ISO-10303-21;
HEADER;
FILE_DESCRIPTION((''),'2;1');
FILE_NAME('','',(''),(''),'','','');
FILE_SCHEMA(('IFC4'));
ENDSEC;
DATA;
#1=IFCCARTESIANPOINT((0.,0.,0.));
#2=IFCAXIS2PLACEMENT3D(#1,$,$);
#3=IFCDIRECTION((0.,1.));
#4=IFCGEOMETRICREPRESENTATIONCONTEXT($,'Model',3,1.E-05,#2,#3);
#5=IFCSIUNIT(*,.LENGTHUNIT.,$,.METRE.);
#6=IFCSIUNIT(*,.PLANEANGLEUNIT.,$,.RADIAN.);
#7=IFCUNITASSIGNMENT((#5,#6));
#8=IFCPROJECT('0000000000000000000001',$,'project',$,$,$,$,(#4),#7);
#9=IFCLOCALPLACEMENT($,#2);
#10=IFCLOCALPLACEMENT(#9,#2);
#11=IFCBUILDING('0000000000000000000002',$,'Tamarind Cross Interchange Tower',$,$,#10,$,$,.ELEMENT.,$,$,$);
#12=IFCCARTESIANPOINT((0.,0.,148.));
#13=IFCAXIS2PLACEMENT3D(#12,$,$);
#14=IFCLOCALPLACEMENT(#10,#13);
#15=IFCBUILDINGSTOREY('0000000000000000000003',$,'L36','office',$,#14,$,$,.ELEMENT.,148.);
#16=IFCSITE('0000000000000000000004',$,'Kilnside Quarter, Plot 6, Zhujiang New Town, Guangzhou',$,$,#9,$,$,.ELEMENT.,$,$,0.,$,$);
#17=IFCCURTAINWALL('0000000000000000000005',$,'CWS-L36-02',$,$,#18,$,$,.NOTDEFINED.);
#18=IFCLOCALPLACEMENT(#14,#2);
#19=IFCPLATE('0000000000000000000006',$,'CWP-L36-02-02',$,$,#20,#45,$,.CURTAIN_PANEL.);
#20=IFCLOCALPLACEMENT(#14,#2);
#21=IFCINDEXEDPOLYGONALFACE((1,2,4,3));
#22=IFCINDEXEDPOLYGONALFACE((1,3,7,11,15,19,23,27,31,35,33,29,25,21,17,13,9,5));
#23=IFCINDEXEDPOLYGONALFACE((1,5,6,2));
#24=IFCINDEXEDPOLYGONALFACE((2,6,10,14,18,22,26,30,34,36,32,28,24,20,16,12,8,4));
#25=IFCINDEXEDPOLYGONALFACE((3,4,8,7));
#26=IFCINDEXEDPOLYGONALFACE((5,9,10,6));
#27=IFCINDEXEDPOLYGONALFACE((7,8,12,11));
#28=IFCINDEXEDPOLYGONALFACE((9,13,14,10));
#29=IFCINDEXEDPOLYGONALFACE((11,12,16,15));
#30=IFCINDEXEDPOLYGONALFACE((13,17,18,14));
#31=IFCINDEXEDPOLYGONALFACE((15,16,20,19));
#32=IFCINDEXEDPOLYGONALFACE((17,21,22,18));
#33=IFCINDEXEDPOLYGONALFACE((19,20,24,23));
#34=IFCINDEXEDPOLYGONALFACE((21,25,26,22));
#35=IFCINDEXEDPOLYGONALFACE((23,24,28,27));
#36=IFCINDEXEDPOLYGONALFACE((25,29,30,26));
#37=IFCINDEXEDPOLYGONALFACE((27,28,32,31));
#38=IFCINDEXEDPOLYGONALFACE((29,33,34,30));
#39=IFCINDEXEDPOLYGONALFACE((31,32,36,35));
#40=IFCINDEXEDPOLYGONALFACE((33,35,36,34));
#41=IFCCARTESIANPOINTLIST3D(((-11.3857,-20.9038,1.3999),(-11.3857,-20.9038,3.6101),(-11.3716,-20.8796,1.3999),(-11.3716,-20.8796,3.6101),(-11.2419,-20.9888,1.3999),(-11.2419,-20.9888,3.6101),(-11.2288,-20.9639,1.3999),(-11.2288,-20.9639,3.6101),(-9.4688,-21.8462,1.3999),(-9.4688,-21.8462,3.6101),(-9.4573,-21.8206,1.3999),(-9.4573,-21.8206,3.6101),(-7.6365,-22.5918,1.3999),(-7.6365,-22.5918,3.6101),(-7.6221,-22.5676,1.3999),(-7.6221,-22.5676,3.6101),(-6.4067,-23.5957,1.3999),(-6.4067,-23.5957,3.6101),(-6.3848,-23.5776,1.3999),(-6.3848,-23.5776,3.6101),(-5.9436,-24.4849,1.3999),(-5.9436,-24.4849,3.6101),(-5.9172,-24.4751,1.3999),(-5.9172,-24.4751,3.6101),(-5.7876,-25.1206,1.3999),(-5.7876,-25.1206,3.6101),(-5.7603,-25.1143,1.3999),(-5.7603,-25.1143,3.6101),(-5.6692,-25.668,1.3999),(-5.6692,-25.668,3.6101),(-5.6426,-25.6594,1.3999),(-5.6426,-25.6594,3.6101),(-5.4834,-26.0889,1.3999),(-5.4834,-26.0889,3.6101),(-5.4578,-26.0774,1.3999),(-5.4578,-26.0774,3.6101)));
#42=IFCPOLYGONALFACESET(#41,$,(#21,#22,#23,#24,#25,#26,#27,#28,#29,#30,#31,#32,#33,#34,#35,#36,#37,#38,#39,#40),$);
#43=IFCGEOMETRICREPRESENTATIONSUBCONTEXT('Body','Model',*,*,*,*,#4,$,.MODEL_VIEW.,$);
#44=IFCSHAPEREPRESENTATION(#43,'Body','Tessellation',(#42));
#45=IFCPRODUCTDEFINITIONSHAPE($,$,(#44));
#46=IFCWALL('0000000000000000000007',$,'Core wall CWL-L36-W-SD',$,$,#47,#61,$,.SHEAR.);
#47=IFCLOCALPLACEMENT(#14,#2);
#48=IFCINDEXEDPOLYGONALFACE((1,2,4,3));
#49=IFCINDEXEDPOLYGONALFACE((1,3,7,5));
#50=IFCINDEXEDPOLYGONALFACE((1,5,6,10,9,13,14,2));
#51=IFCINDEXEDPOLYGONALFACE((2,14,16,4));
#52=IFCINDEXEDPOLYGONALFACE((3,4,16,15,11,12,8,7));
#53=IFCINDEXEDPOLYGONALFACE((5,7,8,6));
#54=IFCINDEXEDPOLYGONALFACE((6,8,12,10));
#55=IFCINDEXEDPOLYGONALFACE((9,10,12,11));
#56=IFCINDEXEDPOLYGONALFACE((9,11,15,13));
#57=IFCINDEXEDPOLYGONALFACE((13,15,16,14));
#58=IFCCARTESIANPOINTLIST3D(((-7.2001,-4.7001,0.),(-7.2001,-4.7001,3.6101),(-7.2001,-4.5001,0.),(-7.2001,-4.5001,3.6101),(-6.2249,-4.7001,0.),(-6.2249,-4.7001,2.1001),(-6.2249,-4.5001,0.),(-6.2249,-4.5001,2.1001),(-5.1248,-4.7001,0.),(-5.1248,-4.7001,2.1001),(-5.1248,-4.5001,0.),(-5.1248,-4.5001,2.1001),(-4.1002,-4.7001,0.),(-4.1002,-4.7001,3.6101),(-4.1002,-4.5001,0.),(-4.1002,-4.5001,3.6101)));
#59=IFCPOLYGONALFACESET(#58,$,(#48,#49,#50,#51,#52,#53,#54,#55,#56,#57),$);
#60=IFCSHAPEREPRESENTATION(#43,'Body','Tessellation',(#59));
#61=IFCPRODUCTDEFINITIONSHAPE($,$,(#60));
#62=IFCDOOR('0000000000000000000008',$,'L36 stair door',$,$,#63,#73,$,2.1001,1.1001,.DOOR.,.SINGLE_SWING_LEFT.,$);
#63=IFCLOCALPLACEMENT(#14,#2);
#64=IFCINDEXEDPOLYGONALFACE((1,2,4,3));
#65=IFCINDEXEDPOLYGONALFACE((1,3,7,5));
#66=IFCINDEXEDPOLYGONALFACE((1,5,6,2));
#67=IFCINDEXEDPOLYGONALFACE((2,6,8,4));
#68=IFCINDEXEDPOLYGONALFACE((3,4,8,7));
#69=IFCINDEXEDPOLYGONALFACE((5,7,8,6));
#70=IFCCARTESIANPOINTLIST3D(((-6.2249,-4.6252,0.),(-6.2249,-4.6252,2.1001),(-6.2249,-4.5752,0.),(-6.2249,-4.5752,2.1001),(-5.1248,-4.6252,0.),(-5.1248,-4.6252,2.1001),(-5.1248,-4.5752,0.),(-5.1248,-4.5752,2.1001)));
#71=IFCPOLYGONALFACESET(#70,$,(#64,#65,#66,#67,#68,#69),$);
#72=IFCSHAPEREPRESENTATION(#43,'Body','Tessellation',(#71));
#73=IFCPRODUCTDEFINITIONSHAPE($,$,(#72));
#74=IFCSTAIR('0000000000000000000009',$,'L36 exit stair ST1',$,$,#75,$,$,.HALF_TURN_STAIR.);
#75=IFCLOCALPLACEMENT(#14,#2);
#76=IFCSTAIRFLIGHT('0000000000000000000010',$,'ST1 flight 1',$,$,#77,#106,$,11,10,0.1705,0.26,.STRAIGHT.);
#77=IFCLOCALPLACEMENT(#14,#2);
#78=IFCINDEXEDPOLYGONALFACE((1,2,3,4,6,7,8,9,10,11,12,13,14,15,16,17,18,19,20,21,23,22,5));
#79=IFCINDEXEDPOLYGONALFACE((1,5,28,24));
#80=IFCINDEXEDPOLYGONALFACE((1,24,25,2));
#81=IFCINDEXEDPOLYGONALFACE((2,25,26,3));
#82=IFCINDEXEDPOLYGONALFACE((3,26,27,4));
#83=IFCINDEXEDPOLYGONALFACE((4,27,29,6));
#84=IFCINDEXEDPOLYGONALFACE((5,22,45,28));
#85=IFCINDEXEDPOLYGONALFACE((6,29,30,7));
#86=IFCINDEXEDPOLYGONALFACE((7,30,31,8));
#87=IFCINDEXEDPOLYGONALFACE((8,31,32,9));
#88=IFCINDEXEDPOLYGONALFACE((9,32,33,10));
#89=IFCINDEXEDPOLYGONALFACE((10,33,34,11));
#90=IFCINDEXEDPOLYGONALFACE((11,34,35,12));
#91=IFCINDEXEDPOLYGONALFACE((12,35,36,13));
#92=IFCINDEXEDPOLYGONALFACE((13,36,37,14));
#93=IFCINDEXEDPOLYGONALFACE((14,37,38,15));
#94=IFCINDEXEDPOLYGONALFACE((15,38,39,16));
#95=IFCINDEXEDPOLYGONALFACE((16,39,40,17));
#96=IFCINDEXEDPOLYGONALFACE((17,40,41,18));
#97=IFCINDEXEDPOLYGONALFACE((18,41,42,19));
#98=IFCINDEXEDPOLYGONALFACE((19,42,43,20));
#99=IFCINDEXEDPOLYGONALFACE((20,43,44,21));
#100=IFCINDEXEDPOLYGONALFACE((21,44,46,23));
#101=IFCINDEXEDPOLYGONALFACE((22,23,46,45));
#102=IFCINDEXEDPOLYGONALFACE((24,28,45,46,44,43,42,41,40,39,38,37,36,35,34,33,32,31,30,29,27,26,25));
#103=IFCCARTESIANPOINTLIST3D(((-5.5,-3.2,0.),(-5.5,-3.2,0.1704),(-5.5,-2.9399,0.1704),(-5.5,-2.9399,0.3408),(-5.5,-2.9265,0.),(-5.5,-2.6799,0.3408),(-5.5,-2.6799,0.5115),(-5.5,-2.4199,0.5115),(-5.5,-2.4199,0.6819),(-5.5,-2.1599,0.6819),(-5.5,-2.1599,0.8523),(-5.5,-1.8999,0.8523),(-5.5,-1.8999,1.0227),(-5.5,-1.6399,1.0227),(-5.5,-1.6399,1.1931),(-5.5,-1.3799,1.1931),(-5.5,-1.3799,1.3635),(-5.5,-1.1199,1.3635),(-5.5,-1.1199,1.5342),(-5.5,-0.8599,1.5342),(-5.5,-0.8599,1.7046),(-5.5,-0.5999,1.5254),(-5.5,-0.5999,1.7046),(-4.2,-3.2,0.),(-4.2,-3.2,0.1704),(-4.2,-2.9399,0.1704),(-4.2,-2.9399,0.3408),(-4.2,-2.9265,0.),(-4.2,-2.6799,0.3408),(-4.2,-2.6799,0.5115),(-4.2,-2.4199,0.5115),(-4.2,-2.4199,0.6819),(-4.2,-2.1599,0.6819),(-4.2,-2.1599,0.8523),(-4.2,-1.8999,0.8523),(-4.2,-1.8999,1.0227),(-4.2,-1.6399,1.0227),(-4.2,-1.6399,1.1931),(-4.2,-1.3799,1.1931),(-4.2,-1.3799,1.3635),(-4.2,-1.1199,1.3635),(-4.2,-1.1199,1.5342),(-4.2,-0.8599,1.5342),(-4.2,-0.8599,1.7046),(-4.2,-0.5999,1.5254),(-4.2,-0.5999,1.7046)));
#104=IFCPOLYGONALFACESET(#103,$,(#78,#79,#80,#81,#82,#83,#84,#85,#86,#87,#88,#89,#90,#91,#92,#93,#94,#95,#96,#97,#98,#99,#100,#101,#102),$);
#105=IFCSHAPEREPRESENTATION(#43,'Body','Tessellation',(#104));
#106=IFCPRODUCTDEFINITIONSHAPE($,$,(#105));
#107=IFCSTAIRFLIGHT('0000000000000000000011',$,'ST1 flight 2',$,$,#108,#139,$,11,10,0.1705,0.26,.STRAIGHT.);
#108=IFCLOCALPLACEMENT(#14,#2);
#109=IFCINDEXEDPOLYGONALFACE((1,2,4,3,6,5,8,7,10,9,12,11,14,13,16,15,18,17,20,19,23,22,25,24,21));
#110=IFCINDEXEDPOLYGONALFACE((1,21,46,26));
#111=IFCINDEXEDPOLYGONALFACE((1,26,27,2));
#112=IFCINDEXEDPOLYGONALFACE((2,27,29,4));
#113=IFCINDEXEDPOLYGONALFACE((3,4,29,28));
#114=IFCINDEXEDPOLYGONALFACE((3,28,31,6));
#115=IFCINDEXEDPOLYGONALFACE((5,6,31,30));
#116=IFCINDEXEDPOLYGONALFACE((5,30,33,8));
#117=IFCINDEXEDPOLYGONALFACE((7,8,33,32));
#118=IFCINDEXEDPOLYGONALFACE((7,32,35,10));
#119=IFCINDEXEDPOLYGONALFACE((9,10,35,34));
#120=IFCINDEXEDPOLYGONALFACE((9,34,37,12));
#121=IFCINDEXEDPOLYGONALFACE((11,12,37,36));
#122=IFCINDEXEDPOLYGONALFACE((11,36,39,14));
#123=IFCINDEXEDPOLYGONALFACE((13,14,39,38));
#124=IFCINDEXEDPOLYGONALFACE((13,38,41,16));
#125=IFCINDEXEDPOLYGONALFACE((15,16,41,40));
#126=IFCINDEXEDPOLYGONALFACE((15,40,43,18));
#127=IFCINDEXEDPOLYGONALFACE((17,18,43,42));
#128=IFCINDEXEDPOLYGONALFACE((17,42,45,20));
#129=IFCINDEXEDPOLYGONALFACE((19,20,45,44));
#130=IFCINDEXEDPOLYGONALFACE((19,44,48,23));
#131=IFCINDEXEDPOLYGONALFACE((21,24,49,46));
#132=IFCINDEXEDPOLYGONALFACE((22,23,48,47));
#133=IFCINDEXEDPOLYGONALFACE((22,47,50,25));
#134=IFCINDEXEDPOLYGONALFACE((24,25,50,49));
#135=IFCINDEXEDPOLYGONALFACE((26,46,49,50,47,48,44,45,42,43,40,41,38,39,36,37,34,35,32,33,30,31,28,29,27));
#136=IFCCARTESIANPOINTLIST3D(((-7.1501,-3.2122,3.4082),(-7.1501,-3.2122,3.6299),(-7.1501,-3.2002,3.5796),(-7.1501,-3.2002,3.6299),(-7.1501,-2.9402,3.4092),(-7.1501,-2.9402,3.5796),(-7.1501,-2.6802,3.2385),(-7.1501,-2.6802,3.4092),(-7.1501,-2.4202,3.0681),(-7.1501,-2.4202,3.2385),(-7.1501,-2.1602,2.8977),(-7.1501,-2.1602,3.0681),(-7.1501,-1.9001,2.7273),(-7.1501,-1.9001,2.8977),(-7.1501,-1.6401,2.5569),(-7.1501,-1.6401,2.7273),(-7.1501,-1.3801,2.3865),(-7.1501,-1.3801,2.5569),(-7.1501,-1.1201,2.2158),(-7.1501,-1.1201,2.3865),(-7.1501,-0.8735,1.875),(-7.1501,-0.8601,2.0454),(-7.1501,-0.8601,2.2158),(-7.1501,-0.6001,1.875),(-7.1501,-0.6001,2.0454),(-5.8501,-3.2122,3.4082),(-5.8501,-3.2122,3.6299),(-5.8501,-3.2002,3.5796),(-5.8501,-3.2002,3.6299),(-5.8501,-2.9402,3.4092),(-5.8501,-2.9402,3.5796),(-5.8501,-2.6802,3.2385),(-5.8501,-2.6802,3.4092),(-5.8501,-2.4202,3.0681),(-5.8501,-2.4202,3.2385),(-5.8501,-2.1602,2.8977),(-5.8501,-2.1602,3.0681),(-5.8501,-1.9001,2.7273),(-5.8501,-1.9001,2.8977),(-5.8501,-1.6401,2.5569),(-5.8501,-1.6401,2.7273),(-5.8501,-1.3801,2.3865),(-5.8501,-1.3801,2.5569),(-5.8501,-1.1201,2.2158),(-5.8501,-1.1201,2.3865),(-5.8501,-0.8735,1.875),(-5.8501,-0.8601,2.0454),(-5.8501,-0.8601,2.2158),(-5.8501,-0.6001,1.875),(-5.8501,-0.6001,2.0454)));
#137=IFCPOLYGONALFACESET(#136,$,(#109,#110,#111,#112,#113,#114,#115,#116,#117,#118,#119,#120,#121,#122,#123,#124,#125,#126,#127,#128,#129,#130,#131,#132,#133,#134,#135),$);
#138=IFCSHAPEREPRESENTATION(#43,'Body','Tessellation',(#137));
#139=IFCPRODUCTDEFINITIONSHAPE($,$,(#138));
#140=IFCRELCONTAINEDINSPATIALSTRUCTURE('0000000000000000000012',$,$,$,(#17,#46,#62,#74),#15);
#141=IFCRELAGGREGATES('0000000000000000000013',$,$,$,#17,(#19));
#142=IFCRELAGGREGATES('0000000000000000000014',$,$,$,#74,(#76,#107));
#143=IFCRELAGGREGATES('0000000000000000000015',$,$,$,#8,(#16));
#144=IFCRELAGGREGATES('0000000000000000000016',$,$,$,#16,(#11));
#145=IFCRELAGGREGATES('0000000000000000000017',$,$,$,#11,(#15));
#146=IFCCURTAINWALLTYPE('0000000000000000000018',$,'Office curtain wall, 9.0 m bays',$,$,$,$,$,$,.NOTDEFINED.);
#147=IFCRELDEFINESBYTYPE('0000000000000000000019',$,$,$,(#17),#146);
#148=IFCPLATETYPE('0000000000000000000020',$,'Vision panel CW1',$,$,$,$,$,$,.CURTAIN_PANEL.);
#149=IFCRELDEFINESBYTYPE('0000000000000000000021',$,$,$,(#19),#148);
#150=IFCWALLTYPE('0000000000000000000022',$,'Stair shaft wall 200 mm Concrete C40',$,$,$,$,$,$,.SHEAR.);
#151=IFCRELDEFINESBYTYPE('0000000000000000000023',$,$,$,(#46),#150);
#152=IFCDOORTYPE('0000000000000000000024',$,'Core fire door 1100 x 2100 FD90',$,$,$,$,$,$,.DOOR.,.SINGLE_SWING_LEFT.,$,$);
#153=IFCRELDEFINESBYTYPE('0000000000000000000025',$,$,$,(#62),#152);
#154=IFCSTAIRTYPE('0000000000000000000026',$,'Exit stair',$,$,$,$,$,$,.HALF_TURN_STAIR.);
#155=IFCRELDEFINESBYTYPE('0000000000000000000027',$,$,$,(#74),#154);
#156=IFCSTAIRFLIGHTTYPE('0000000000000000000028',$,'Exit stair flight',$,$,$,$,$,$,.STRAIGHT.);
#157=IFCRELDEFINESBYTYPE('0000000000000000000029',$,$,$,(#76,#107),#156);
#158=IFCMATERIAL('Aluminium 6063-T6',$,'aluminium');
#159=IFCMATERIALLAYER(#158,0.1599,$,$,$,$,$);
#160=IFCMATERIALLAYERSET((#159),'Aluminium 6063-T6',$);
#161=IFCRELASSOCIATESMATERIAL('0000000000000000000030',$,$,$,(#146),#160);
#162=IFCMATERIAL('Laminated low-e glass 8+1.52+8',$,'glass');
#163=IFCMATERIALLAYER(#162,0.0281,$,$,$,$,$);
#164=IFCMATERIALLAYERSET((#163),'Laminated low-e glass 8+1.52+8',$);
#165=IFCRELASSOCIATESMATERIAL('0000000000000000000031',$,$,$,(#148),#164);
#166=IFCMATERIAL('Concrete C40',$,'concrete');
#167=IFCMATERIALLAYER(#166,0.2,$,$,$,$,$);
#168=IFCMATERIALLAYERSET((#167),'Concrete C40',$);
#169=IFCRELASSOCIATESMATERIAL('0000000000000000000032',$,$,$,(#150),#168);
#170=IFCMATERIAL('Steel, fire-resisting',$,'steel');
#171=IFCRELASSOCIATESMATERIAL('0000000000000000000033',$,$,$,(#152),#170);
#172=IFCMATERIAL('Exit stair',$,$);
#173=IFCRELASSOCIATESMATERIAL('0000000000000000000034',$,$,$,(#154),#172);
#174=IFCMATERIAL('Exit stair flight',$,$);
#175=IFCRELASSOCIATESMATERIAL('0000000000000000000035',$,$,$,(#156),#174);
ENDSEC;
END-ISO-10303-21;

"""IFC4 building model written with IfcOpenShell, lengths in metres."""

from ifc_helpers import new_model, si_unit, direction, frame, frame_2d, origin, place, context, subcontext, project, spatial, polyline, rectangle, outline, extrude, material, layer, layer_set, type_object, element, fill, aggregate, save


model = new_model("IFC4")

# Units and contexts
model_context = context("Model", 3, precision=1e-05, world=origin(), true_north=direction((0.0, 1.0)))
body_context = subcontext(model_context, "Body", "Model", "MODEL_VIEW")
ifc_project = project(units=[si_unit("LENGTHUNIT", "METRE"), si_unit("PLANEANGLEUNIT", "RADIAN")], contexts=[model_context])

# Site, building, storey
site_placement = place(None, origin())
site = spatial("IfcSite", under=ifc_project, at=site_placement, Name="Kilnside Quarter, Plot 6, Zhujiang New Town, Guangzhou", CompositionType="ELEMENT", RefElevation=0.0)
building_placement = place(site_placement, origin())
building = spatial("IfcBuilding", under=site, at=building_placement, Name="Tamarind Cross Interchange Tower", CompositionType="ELEMENT")
storey_placement = place(building_placement, frame((0.0, 0.0, 148.0)))
storey = spatial("IfcBuildingStorey", under=building, at=storey_placement, Name="L36", Description="office", CompositionType="ELEMENT", Elevation=148.0)

# Curtain wall
ifc_material_1 = material(Name="Aluminium 6063-T6", Category="aluminium")
ifc_layer_1 = layer(ifc_material_1, 0.1599)
ifc_layer_set_1 = layer_set([ifc_layer_1], Name="Aluminium 6063-T6")
curtain_wall_type = type_object("IfcCurtainWallType", Name="Office curtain wall, 9.0 m bays", PredefinedType="NOTDEFINED", material=ifc_layer_set_1)
curtain_wall_1_placement = place(storey_placement, origin())
curtain_wall_1 = element("IfcCurtainWall", 1, at=curtain_wall_1_placement, inside=storey, type_object=curtain_wall_type, Name="CWS-L36-02", PredefinedType="NOTDEFINED")

# Plate
ifc_material_2 = material(Name="Laminated low-e glass 8+1.52+8", Category="glass")
ifc_layer_2 = layer(ifc_material_2, 0.0281)
ifc_layer_set_2 = layer_set([ifc_layer_2], Name="Laminated low-e glass 8+1.52+8")
plate_type = type_object("IfcPlateType", Name="Vision panel CW1", PredefinedType="CURTAIN_PANEL", material=ifc_layer_set_2)
plate_1_placement = place(storey_placement, frame((0.0, 0.0, 1.3999)))
plate_1 = element("IfcPlate", 2, at=plate_1_placement, type_object=plate_type, Name="CWP-L36-02-02", PredefinedType="CURTAIN_PANEL", context=body_context, shape_type="SweptSolid", body=[
    extrude(outline(polyline([(-11.3716, -20.8796), (-11.2288, -20.9639), (-9.4573, -21.8206), (-7.6221, -22.5676), (-6.3848, -23.5776), (-5.9172, -24.4751), (-5.7603, -25.1143), (-5.6426, -25.6594), (-5.4578, -26.0774), (-5.4834, -26.0889), (-5.6692, -25.668), (-5.7876, -25.1206), (-5.9436, -24.4849), (-6.4067, -23.5957), (-7.6365, -22.5918), (-9.4688, -21.8462), (-11.2419, -20.9888), (-11.3857, -20.9038), (-11.3716, -20.8796)])), origin(), (0.0, 0.0, 1.0), 2.2102),
])
aggregate(curtain_wall_1, [plate_1])

# Wall, opening, door
ifc_material_3 = material(Name="Concrete C40", Category="concrete")
ifc_layer_3 = layer(ifc_material_3, 0.2)
ifc_layer_set_3 = layer_set([ifc_layer_3], Name="Concrete C40")
wall_type = type_object("IfcWallType", Name="Stair shaft wall 200 mm Concrete C40", PredefinedType="SHEAR", material=ifc_layer_set_3)
wall_placement = place(storey_placement, frame((-7.2, -4.6001, 0.0), z_axis=(0.0, 0.0, 1.0), x_axis=(1.0, 0.0, 0.0)))
wall = element("IfcWall", 3, at=wall_placement, inside=storey, type_object=wall_type, Name="Core wall CWL-L36-W-SD", PredefinedType="SHEAR", context=body_context, shape_type="SweptSolid", body=[
    extrude(rectangle(XDim=3.0999, YDim=0.2, at=frame_2d((1.5498, 0.0))), origin(), (0.0, 0.0, 1.0), 3.6101),
])
opening_placement = place(wall_placement, frame((0.9751, 0.0, 0.0)))
opening = element("IfcOpeningElement", 4, at=opening_placement, cuts=wall, PredefinedType="OPENING", context=body_context, shape_type="SweptSolid", body=[
    extrude(rectangle(XDim=1.1001, YDim=2.1001, at=frame_2d((0.55, 1.05))), frame((0.0, 0.1099, 0.0), z_axis=(0.0, -1.0, 0.0), x_axis=(1.0, 0.0, 0.0)), (0.0, 0.0, 1.0), 0.22),
])
ifc_material_4 = material(Name="Steel, fire-resisting", Category="steel")
door_type = type_object("IfcDoorType", Name="Core fire door 1100 x 2100 FD90", OperationType="SINGLE_SWING_LEFT", PredefinedType="DOOR", material=ifc_material_4)
door_placement = place(opening_placement, origin())
door = element("IfcDoor", 5, at=door_placement, inside=storey, type_object=door_type, Name="L36 stair door", OperationType="SINGLE_SWING_LEFT", OverallHeight=2.1001, OverallWidth=1.1001, PredefinedType="DOOR", context=body_context, shape_type="SweptSolid", body=[
    extrude(rectangle(XDim=1.1001, YDim=2.1001, at=frame_2d((0.55, 1.05))), frame((0.0, 0.0249, 0.0), z_axis=(0.0, -1.0, 0.0), x_axis=(1.0, 0.0, 0.0)), (0.0, 0.0, 1.0), 0.05),
])
fill(opening, door)

# Stair, stair flights
ifc_material_5 = material(Name="Exit stair")
stair_type = type_object("IfcStairType", Name="Exit stair", PredefinedType="HALF_TURN_STAIR", material=ifc_material_5)
stair_placement = place(storey_placement, origin())
stair = element("IfcStair", 6, at=stair_placement, inside=storey, type_object=stair_type, Name="L36 exit stair ST1", PredefinedType="HALF_TURN_STAIR")
ifc_material_6 = material(Name="Exit stair flight")
stair_flight_type = type_object("IfcStairFlightType", Name="Exit stair flight", PredefinedType="STRAIGHT", material=ifc_material_6)
stair_flight_1_placement = place(storey_placement, frame((-4.8501, -3.2, 0.0), z_axis=(0.0, 0.0, 1.0), x_axis=(0.0, 1.0, 0.0)))
stair_flight_1 = element("IfcStairFlight", 7, at=stair_flight_1_placement, type_object=stair_flight_type, Name="ST1 flight 1", NumberOfRisers=11, NumberOfTreads=10, PredefinedType="STRAIGHT", RiserHeight=0.1705, TreadLength=0.26, context=body_context, shape_type="SweptSolid", body=[
    extrude(outline(polyline([(0.0, 0.0), (0.0, 0.1704), (0.26, 0.1704), (0.26, 0.3408), (0.52, 0.3408), (0.52, 0.5115), (0.78, 0.5115), (0.78, 0.6819), (1.04, 0.6819), (1.04, 0.8523), (1.3, 0.8523), (1.3, 1.0227), (1.5601, 1.0227), (1.5601, 1.1931), (1.8201, 1.1931), (1.8201, 1.3635), (2.0801, 1.3635), (2.0801, 1.5342), (2.3401, 1.5342), (2.3401, 1.7046), (2.6001, 1.7046), (2.6001, 1.875), (2.6001, 1.5254), (0.2734, 0.0), (0.0, 0.0)])), frame((0.0, 0.6499, 0.0), z_axis=(0.0, -1.0, 0.0), x_axis=(1.0, 0.0, 0.0)), (0.0, 0.0, 1.0), 1.3),
])
stair_flight_2_placement = place(storey_placement, frame((-6.5, -0.6001, 1.875), z_axis=(0.0, 0.0, 1.0), x_axis=(0.0, -1.0, 0.0)))
stair_flight_2 = element("IfcStairFlight", 8, at=stair_flight_2_placement, type_object=stair_flight_type, Name="ST1 flight 2", NumberOfRisers=11, NumberOfTreads=10, PredefinedType="STRAIGHT", RiserHeight=0.1705, TreadLength=0.26, context=body_context, shape_type="SweptSolid", body=[
    extrude(outline(polyline([(0.0, 0.0), (0.0, 0.1704), (0.26, 0.1704), (0.26, 0.3408), (0.52, 0.3408), (0.52, 0.5115), (0.78, 0.5115), (0.78, 0.6819), (1.04, 0.6819), (1.04, 0.8523), (1.3, 0.8523), (1.3, 1.0227), (1.5601, 1.0227), (1.5601, 1.1931), (1.8201, 1.1931), (1.8201, 1.3635), (2.0801, 1.3635), (2.0801, 1.5342), (2.3401, 1.5342), (2.3401, 1.7046), (2.6001, 1.7046), (2.6001, 1.7549), (2.6121, 1.7549), (2.6121, 1.5332), (0.2734, 0.0), (0.0, 0.0)])), frame((0.0, 0.6499, 0.0), z_axis=(0.0, -1.0, 0.0), x_axis=(1.0, 0.0, 0.0)), (0.0, 0.0, 1.0), 1.3),
])
aggregate(stair, [stair_flight_1, stair_flight_2])

save(model, "model.ifc")
